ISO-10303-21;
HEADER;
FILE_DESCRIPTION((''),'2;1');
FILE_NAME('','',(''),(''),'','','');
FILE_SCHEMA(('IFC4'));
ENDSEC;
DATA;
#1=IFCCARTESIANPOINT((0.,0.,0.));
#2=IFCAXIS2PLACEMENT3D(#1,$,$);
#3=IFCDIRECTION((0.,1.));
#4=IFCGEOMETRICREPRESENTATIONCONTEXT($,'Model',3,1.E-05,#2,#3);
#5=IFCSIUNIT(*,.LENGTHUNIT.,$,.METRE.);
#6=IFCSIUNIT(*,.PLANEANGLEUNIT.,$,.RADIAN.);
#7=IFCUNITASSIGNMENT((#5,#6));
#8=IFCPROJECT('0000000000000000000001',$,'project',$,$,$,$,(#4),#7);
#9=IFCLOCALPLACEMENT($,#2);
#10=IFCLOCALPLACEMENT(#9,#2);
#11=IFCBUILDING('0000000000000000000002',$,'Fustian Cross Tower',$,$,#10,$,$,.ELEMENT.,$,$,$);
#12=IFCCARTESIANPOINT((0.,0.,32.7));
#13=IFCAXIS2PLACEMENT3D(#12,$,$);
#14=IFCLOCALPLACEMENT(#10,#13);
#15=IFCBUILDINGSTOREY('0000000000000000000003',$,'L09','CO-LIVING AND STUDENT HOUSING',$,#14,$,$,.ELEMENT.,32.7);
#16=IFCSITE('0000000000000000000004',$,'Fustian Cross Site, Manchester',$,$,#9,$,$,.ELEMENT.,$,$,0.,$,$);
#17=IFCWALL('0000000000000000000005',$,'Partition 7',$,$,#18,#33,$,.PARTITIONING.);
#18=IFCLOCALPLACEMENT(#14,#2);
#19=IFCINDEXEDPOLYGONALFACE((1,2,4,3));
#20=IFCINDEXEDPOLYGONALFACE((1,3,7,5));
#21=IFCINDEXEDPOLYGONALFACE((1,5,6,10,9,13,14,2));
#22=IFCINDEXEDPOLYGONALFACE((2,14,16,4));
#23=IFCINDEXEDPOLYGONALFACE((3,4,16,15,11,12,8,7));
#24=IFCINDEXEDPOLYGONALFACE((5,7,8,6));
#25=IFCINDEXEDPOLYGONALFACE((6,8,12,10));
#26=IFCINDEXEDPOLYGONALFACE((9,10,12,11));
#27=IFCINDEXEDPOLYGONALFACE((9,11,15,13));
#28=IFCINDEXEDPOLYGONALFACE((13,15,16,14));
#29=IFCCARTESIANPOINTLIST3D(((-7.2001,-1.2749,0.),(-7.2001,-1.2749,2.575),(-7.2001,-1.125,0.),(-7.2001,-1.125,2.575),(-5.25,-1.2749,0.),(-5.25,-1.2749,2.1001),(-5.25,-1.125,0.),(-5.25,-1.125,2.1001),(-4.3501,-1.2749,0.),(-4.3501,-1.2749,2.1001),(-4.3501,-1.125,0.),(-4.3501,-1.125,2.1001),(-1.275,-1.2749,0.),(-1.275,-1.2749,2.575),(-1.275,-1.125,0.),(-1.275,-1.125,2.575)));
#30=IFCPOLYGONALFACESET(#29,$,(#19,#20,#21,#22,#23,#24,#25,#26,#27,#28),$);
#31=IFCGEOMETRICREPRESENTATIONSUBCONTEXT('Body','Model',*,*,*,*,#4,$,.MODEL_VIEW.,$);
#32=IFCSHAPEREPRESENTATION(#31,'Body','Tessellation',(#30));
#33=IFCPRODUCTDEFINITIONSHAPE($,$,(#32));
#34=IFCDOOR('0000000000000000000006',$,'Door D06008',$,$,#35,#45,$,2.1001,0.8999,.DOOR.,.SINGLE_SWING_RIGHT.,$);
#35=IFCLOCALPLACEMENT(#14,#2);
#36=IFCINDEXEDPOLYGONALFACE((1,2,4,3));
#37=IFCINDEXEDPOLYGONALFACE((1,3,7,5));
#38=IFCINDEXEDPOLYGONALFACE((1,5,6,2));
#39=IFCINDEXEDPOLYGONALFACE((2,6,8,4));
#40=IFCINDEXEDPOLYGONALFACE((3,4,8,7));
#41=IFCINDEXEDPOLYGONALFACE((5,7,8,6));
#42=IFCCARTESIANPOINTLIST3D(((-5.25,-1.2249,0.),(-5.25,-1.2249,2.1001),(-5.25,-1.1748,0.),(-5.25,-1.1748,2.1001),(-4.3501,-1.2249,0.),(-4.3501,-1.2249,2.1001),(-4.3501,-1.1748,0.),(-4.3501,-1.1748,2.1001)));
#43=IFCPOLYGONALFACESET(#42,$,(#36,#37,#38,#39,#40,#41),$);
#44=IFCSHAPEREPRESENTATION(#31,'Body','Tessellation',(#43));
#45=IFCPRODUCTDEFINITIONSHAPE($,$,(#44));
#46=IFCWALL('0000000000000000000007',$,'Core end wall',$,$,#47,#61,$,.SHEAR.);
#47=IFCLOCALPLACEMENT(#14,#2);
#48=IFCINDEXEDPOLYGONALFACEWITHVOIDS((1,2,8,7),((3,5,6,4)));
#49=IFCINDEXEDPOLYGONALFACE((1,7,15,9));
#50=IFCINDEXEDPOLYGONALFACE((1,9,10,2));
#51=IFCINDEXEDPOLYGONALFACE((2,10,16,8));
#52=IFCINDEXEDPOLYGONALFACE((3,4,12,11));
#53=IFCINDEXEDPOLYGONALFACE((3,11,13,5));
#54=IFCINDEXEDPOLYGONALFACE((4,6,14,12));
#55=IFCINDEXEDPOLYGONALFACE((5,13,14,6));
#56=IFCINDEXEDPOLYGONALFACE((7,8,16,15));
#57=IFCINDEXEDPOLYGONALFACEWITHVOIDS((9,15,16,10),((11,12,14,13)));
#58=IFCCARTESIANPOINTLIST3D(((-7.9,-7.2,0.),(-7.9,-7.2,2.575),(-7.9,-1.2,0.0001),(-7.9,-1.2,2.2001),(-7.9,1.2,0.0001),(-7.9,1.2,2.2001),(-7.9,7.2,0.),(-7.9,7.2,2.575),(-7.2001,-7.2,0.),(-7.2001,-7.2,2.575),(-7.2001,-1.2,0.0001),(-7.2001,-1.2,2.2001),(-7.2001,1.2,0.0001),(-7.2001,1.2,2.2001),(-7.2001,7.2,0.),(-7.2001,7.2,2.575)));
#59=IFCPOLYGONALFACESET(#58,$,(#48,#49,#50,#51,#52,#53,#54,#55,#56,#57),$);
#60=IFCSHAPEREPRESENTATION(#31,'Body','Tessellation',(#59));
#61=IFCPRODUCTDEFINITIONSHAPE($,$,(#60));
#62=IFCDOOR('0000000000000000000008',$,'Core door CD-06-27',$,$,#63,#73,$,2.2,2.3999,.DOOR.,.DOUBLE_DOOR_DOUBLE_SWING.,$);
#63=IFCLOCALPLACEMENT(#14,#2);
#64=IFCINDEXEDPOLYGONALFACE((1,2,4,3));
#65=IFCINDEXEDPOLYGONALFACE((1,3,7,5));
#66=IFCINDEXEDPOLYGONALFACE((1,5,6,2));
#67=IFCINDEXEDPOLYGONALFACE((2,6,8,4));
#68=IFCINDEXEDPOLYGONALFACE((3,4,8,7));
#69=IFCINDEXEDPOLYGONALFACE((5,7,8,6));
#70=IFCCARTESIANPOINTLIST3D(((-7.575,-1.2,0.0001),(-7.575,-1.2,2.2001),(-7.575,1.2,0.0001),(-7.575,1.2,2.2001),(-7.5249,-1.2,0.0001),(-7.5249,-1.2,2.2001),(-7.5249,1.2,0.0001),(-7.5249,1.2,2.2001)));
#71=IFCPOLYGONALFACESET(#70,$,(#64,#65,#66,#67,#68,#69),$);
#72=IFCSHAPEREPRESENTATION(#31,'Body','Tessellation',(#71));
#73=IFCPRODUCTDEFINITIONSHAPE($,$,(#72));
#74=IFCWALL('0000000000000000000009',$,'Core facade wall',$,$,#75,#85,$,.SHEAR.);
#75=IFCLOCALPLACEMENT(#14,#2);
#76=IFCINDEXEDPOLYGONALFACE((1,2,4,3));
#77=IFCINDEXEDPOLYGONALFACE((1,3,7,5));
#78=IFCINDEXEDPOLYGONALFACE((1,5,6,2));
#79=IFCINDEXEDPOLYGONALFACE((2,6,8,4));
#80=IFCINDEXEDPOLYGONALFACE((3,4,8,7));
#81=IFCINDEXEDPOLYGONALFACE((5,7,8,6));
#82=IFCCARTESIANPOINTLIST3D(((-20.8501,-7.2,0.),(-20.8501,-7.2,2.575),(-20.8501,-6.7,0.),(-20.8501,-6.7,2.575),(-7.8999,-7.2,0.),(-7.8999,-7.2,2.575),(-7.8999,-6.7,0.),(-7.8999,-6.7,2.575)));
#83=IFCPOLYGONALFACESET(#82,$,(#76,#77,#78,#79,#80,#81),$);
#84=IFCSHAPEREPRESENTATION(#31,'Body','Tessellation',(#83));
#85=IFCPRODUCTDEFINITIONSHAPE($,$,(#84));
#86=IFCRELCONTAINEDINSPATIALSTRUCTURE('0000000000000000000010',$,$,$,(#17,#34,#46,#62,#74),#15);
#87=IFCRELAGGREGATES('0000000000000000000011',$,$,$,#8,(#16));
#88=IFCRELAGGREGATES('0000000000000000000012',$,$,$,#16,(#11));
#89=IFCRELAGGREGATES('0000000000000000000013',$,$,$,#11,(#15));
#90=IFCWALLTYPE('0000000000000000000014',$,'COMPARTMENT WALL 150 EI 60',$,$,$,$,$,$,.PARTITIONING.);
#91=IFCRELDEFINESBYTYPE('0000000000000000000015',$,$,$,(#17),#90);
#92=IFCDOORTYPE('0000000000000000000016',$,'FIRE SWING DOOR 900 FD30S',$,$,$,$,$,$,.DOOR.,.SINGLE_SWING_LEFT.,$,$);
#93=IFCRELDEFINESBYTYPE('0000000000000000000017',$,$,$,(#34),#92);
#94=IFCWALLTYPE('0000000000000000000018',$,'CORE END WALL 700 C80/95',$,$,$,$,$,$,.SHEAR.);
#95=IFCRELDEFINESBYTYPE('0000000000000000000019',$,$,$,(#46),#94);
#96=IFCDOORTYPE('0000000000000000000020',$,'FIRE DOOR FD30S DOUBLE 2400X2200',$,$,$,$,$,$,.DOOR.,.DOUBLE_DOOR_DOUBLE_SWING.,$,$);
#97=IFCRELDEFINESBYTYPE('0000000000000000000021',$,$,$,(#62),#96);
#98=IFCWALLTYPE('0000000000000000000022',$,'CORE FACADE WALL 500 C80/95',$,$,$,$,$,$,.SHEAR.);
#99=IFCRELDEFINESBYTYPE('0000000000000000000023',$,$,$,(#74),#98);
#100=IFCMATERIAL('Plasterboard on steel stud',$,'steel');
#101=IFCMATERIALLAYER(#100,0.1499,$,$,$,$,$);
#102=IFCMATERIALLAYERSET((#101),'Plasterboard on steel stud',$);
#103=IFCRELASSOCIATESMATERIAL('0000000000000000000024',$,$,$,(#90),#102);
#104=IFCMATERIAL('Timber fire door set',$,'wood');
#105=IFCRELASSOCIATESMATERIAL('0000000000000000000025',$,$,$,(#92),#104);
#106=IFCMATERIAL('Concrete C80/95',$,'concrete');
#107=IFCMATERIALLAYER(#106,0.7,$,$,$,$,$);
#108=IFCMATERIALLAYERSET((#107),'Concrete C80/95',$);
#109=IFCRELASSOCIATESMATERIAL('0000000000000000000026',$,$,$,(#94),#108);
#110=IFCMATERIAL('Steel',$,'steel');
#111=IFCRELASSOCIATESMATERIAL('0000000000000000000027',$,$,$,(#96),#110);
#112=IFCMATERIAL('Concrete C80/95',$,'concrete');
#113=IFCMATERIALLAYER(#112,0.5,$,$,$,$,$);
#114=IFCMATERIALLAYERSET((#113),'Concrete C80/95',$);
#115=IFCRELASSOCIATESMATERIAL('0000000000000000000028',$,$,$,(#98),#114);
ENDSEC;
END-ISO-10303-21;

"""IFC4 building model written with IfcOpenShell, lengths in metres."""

from ifc_helpers import new_model, si_unit, direction, frame, frame_2d, origin, place, context, subcontext, project, spatial, rectangle, extrude, material, layer, layer_set, type_object, element, fill, save


model = new_model("IFC4")

# Units and contexts
model_context = context("Model", 3, precision=1e-05, world=origin(), true_north=direction((0.0, 1.0)))
body_context = subcontext(model_context, "Body", "Model", "MODEL_VIEW")
ifc_project = project(units=[si_unit("LENGTHUNIT", "METRE"), si_unit("PLANEANGLEUNIT", "RADIAN")], contexts=[model_context])

# Site, building, storey
site_placement = place(None, origin())
site = spatial("IfcSite", under=ifc_project, at=site_placement, Name="Fustian Cross Site, Manchester", CompositionType="ELEMENT", RefElevation=0.0)
building_placement = place(site_placement, origin())
building = spatial("IfcBuilding", under=site, at=building_placement, Name="Fustian Cross Tower", CompositionType="ELEMENT")
storey_placement = place(building_placement, frame((0.0, 0.0, 32.7)))
storey = spatial("IfcBuildingStorey", under=building, at=storey_placement, Name="L09", Description="CO-LIVING AND STUDENT HOUSING", CompositionType="ELEMENT", Elevation=32.7)

# Walls, openings, doors
ifc_material_1 = material(Name="Plasterboard on steel stud", Category="steel")
ifc_layer_1 = layer(ifc_material_1, 0.1499)
ifc_layer_set_1 = layer_set([ifc_layer_1], Name="Plasterboard on steel stud")
wall_type_1 = type_object("IfcWallType", Name="COMPARTMENT WALL 150 EI 60", PredefinedType="PARTITIONING", material=ifc_layer_set_1)
wall_1_placement = place(storey_placement, frame((-7.2, -1.2, 0.0), z_axis=(0.0, 0.0, 1.0), x_axis=(1.0, 0.0, 0.0)))
wall_1 = element("IfcWall", 1, at=wall_1_placement, inside=storey, type_object=wall_type_1, Name="Partition 7", PredefinedType="PARTITIONING", context=body_context, shape_type="SweptSolid", body=[
    extrude(rectangle(XDim=5.925, YDim=0.1499, at=frame_2d((2.9624, 0.0))), origin(), (0.0, 0.0, 1.0), 2.575),
])
opening_1_placement = place(wall_1_placement, frame((1.95, 0.0, 0.0)))
opening_1 = element("IfcOpeningElement", 2, at=opening_1_placement, cuts=wall_1, PredefinedType="OPENING", context=body_context, shape_type="SweptSolid", body=[
    extrude(rectangle(XDim=0.8999, YDim=2.1001, at=frame_2d((0.45, 1.05))), frame((0.0, 0.085, 0.0), z_axis=(0.0, -1.0, 0.0), x_axis=(1.0, 0.0, 0.0)), (0.0, 0.0, 1.0), 0.1699),
])
ifc_material_2 = material(Name="Timber fire door set", Category="wood")
door_type_1 = type_object("IfcDoorType", Name="FIRE SWING DOOR 900 FD30S", OperationType="SINGLE_SWING_LEFT", PredefinedType="DOOR", material=ifc_material_2)
door_1_placement = place(opening_1_placement, frame((0.8999, 0.0, 0.0), z_axis=(0.0, 0.0, 1.0), x_axis=(-1.0, 0.0, 0.0)))
door_1 = element("IfcDoor", 3, at=door_1_placement, inside=storey, type_object=door_type_1, Name="Door D06008", OperationType="SINGLE_SWING_RIGHT", OverallHeight=2.1001, OverallWidth=0.8999, PredefinedType="DOOR", context=body_context, shape_type="SweptSolid", body=[
    extrude(rectangle(XDim=0.8999, YDim=2.1001, at=frame_2d((0.45, 1.05))), frame((0.0, 0.0249, 0.0), z_axis=(0.0, -1.0, 0.0), x_axis=(1.0, 0.0, 0.0)), (0.0, 0.0, 1.0), 0.05),
])
fill(opening_1, door_1)
ifc_material_3 = material(Name="Concrete C80/95", Category="concrete")
ifc_layer_2 = layer(ifc_material_3, 0.7)
ifc_layer_set_2 = layer_set([ifc_layer_2], Name="Concrete C80/95")
wall_type_2 = type_object("IfcWallType", Name="CORE END WALL 700 C80/95", PredefinedType="SHEAR", material=ifc_layer_set_2)
wall_2_placement = place(storey_placement, frame((-7.55, -7.2, 0.0), z_axis=(0.0, 0.0, 1.0), x_axis=(0.0, 1.0, 0.0)))
wall_2 = element("IfcWall", 4, at=wall_2_placement, inside=storey, type_object=wall_type_2, Name="Core end wall", PredefinedType="SHEAR", context=body_context, shape_type="SweptSolid", body=[
    extrude(rectangle(XDim=14.3999, YDim=0.7, at=frame_2d((7.2, 0.0))), origin(), (0.0, 0.0, 1.0), 2.575),
])
opening_2_placement = place(wall_2_placement, frame((6.0, 0.0, 0.0)))
opening_2 = element("IfcOpeningElement", 5, at=opening_2_placement, cuts=wall_2, PredefinedType="OPENING", context=body_context, shape_type="SweptSolid", body=[
    extrude(rectangle(XDim=2.3999, YDim=2.2, at=frame_2d((1.2, 1.1001))), frame((0.0, 0.3599, 0.0), z_axis=(0.0, -1.0, 0.0), x_axis=(1.0, 0.0, 0.0)), (0.0, 0.0, 1.0), 0.72),
])
ifc_material_4 = material(Name="Steel", Category="steel")
door_type_2 = type_object("IfcDoorType", Name="FIRE DOOR FD30S DOUBLE 2400X2200", OperationType="DOUBLE_DOOR_DOUBLE_SWING", PredefinedType="DOOR", material=ifc_material_4)
door_2_placement = place(opening_2_placement, origin())
door_2 = element("IfcDoor", 6, at=door_2_placement, inside=storey, type_object=door_type_2, Name="Core door CD-06-27", OperationType="DOUBLE_DOOR_DOUBLE_SWING", OverallHeight=2.2, OverallWidth=2.3999, PredefinedType="DOOR", context=body_context, shape_type="SweptSolid", body=[
    extrude(rectangle(XDim=2.3999, YDim=2.2, at=frame_2d((1.2, 1.1001))), frame((0.0, 0.0249, 0.0), z_axis=(0.0, -1.0, 0.0), x_axis=(1.0, 0.0, 0.0)), (0.0, 0.0, 1.0), 0.05),
])
fill(opening_2, door_2)

# Wall
ifc_material_5 = material(Name="Concrete C80/95", Category="concrete")
ifc_layer_3 = layer(ifc_material_5, 0.5)
ifc_layer_set_3 = layer_set([ifc_layer_3], Name="Concrete C80/95")
wall_type_3 = type_object("IfcWallType", Name="CORE FACADE WALL 500 C80/95", PredefinedType="SHEAR", material=ifc_layer_set_3)
wall_3_placement = place(storey_placement, frame((-7.8999, -6.95, 0.0), z_axis=(0.0, 0.0, 1.0), x_axis=(-1.0, 0.0, 0.0)))
element("IfcWall", 7, at=wall_3_placement, inside=storey, type_object=wall_type_3, Name="Core facade wall", PredefinedType="SHEAR", context=body_context, shape_type="SweptSolid", body=[
    extrude(rectangle(XDim=12.9502, YDim=0.5, at=frame_2d((6.4751, 0.0))), origin(), (0.0, 0.0, 1.0), 2.575),
])

save(model, "model.ifc")
